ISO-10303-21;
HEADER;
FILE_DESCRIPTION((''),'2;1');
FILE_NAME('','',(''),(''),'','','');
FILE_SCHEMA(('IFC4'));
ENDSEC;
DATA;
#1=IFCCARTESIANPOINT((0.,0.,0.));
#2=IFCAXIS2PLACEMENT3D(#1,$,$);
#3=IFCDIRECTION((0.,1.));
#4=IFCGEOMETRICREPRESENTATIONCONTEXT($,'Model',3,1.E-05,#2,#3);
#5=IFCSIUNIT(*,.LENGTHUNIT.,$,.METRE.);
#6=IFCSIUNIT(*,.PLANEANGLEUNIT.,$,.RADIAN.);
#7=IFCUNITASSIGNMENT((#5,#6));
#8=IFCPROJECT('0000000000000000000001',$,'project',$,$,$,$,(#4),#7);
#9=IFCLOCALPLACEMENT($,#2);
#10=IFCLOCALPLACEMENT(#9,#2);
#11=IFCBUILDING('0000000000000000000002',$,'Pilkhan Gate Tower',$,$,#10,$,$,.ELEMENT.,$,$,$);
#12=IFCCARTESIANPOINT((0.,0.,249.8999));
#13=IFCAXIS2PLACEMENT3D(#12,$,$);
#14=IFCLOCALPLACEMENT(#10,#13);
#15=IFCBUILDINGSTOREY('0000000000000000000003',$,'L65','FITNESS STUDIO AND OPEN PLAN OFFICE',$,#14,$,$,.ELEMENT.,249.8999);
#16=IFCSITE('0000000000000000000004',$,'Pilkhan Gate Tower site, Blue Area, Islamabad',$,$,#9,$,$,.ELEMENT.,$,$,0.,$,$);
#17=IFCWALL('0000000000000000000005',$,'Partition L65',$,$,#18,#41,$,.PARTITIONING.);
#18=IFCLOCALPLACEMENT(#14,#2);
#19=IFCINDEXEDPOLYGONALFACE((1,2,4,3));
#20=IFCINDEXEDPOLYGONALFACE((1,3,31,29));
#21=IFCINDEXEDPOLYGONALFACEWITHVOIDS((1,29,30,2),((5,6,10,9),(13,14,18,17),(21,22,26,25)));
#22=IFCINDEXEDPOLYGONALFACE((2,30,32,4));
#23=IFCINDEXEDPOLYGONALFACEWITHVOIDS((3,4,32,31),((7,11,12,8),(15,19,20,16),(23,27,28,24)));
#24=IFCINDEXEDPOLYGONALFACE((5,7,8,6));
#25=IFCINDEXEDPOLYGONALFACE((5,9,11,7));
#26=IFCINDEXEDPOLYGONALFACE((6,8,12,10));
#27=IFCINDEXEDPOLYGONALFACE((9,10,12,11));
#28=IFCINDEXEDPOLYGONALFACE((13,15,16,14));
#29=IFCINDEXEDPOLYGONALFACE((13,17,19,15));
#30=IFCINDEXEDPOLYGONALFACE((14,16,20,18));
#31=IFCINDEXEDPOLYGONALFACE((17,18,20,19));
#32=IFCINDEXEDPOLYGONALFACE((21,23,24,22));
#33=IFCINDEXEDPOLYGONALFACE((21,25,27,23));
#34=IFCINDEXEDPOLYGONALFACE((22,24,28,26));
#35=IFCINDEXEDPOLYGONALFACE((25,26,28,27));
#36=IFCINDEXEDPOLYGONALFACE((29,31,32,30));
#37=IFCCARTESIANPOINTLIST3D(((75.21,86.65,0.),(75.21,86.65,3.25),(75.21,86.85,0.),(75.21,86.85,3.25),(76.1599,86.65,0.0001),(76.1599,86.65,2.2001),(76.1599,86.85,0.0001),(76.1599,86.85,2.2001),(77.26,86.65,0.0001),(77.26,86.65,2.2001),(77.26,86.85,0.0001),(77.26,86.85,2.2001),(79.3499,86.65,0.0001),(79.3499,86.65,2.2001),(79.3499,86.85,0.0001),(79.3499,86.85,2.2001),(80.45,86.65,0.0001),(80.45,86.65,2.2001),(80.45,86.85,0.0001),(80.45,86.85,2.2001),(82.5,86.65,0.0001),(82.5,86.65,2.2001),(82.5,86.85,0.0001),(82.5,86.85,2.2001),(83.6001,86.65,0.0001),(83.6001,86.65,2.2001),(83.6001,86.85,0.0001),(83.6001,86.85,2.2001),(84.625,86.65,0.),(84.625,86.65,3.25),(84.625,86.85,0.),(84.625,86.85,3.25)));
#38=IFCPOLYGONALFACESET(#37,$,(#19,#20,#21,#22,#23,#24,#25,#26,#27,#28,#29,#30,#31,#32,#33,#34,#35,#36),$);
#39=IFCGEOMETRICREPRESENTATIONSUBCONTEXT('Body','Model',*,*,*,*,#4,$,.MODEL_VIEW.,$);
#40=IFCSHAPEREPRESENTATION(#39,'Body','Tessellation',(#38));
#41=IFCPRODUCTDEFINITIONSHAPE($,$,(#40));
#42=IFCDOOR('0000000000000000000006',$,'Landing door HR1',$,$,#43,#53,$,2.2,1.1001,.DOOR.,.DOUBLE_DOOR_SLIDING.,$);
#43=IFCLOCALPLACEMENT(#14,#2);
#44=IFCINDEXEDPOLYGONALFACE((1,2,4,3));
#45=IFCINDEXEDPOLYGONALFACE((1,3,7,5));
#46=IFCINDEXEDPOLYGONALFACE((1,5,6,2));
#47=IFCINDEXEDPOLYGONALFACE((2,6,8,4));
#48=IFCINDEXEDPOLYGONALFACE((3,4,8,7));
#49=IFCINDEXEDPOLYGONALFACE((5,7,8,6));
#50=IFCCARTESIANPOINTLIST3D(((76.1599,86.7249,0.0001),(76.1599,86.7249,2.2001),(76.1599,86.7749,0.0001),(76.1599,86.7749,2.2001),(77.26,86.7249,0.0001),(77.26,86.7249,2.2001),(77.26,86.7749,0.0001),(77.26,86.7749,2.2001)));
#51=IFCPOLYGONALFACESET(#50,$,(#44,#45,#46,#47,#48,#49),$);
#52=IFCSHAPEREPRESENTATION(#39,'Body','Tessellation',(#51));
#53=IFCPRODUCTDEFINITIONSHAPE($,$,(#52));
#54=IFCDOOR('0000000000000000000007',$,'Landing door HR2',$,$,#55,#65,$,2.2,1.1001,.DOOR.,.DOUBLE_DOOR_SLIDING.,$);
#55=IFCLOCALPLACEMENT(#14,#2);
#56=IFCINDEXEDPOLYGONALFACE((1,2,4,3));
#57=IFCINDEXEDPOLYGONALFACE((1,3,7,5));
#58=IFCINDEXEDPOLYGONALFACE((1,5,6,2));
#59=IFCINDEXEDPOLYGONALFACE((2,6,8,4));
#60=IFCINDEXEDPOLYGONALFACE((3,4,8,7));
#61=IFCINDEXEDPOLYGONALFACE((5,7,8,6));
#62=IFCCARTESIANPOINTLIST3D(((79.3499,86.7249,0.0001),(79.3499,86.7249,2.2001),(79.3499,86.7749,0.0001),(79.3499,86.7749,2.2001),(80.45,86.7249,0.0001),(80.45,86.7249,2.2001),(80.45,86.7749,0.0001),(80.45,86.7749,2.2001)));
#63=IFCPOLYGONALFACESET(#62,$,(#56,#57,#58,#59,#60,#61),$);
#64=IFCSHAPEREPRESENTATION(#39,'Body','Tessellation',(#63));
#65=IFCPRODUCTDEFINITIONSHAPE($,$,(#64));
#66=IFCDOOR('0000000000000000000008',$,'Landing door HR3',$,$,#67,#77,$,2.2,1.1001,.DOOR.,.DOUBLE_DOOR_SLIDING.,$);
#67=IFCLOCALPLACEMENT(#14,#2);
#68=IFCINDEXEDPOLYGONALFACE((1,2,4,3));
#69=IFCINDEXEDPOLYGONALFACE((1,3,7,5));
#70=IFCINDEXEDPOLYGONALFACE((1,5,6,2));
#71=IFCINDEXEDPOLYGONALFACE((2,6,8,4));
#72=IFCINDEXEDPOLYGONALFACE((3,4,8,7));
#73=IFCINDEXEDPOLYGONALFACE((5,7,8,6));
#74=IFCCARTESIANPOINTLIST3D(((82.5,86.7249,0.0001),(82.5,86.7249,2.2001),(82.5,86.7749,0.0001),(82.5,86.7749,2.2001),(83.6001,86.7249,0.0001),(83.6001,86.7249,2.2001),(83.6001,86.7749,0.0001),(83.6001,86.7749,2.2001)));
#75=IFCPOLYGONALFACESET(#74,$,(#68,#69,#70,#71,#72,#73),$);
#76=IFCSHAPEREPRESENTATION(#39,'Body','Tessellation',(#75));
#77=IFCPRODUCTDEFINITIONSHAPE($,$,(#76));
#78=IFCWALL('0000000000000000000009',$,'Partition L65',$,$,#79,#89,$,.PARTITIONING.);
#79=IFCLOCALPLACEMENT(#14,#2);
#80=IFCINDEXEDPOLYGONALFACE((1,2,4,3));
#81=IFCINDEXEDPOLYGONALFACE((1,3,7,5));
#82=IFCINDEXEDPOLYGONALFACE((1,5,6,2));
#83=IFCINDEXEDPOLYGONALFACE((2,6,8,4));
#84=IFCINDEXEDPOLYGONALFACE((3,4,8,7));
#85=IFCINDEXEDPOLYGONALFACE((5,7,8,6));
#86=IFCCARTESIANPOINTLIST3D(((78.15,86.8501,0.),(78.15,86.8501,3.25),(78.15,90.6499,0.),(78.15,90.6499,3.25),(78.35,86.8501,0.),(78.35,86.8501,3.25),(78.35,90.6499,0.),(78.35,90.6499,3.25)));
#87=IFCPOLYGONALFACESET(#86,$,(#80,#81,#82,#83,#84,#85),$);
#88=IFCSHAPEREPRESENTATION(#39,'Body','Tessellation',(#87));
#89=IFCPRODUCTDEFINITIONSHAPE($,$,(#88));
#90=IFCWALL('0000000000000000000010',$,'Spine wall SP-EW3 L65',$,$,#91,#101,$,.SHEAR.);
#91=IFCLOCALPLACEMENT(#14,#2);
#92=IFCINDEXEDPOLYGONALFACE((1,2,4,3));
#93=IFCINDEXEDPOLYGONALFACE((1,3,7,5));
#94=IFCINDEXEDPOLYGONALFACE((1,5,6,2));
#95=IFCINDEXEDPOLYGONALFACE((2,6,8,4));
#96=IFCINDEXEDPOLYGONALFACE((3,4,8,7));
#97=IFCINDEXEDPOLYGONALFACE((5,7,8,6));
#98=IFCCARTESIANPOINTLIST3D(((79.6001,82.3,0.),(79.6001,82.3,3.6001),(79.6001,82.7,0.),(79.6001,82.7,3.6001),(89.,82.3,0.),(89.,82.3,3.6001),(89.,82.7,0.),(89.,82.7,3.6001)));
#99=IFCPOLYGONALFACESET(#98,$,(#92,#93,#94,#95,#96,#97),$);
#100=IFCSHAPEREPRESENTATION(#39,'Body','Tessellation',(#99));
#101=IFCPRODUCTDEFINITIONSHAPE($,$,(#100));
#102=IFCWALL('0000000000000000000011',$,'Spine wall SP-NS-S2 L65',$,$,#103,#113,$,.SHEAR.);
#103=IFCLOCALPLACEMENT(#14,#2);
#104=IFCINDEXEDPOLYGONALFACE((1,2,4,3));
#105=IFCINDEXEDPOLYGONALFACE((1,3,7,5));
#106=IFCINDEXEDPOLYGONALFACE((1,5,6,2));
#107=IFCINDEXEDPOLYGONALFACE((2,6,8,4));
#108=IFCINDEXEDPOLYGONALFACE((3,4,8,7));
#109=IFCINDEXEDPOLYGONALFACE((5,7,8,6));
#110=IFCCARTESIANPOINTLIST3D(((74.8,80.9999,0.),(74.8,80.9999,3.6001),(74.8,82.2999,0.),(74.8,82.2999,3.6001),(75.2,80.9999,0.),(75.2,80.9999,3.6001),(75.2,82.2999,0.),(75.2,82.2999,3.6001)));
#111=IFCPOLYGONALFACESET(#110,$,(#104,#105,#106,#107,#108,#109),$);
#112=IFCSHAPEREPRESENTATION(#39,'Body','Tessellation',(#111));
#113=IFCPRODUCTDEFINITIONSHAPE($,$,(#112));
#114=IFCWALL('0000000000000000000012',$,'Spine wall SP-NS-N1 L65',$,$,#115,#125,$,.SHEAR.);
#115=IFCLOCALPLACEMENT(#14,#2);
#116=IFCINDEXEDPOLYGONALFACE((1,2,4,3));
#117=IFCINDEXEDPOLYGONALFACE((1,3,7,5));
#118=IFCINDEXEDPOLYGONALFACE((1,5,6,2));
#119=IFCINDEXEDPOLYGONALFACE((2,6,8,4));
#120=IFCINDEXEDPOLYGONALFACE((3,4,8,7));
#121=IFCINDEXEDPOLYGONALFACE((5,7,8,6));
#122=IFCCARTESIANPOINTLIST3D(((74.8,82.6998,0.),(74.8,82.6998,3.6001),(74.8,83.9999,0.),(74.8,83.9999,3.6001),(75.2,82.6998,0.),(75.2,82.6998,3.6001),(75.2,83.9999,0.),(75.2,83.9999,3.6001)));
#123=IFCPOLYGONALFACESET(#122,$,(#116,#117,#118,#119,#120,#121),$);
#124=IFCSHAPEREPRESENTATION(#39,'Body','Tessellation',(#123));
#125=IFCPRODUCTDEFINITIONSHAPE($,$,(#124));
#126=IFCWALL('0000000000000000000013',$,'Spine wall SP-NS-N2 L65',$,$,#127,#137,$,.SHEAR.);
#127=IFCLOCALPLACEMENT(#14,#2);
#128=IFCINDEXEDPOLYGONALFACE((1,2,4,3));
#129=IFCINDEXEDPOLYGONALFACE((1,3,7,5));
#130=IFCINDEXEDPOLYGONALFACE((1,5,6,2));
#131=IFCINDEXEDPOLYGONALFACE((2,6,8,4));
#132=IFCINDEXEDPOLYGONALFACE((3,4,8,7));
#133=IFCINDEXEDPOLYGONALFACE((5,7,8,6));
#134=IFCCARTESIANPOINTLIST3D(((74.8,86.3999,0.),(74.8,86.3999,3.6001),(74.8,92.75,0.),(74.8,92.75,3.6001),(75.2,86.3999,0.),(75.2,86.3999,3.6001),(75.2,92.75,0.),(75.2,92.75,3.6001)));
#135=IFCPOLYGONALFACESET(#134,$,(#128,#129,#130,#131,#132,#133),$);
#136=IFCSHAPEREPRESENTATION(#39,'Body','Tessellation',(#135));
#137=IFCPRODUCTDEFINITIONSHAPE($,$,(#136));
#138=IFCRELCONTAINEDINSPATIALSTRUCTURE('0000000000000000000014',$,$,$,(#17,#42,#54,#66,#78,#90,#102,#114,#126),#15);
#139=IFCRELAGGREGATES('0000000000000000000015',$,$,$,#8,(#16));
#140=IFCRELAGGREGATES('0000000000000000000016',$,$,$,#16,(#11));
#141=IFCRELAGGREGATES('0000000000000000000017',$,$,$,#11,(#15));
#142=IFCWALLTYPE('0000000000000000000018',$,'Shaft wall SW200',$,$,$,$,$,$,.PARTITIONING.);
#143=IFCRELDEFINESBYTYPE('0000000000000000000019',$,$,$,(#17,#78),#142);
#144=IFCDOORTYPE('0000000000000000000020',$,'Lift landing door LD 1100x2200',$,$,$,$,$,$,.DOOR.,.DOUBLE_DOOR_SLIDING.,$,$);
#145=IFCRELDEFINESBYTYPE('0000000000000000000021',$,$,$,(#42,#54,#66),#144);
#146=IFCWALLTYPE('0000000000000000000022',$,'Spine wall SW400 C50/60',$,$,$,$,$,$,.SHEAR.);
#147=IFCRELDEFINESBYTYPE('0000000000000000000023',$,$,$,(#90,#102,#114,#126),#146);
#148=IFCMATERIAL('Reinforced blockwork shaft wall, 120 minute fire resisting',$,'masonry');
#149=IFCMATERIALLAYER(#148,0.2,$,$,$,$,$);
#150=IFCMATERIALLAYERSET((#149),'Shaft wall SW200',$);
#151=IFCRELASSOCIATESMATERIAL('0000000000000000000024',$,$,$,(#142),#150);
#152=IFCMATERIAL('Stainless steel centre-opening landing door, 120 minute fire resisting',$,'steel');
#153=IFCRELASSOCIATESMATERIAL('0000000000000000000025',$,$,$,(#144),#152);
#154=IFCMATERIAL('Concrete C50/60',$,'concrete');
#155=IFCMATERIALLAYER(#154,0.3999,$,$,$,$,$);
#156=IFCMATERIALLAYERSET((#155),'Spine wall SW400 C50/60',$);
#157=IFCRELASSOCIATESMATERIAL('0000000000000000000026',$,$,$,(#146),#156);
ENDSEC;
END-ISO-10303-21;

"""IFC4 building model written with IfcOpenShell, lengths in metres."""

from ifc_helpers import new_model, si_unit, direction, frame, frame_2d, origin, place, context, subcontext, project, spatial, rectangle, extrude, material, layer, layer_set, type_object, element, fill, save


model = new_model("IFC4")

# Units and contexts
model_context = context("Model", 3, precision=1e-05, world=origin(), true_north=direction((0.0, 1.0)))
body_context = subcontext(model_context, "Body", "Model", "MODEL_VIEW")
ifc_project = project(units=[si_unit("LENGTHUNIT", "METRE"), si_unit("PLANEANGLEUNIT", "RADIAN")], contexts=[model_context])

# Site, building, storey
site_placement = place(None, origin())
site = spatial("IfcSite", under=ifc_project, at=site_placement, Name="Pilkhan Gate Tower site, Blue Area, Islamabad", CompositionType="ELEMENT", RefElevation=0.0)
building_placement = place(site_placement, origin())
building = spatial("IfcBuilding", under=site, at=building_placement, Name="Pilkhan Gate Tower", CompositionType="ELEMENT")
storey_placement = place(building_placement, frame((0.0, 0.0, 249.8999)))
storey = spatial("IfcBuildingStorey", under=building, at=storey_placement, Name="L65", Description="FITNESS STUDIO AND OPEN PLAN OFFICE", CompositionType="ELEMENT", Elevation=249.8999)

# Shared definitions
ifc_material_1 = material(Name="Concrete C50/60", Category="concrete")

# Wall, openings, doors
ifc_material_2 = material(Name="Reinforced blockwork shaft wall, 120 minute fire resisting", Category="masonry")
ifc_layer_1 = layer(ifc_material_2, 0.2)
ifc_layer_set_1 = layer_set([ifc_layer_1], Name="Shaft wall SW200")
wall_type_1 = type_object("IfcWallType", Name="Shaft wall SW200", PredefinedType="PARTITIONING", material=ifc_layer_set_1)
wall_1_placement = place(storey_placement, frame((75.21, 86.75, 0.0), z_axis=(0.0, 0.0, 1.0), x_axis=(1.0, 0.0, 0.0)))
wall_1 = element("IfcWall", 1, at=wall_1_placement, inside=storey, type_object=wall_type_1, Name="Partition L65", PredefinedType="PARTITIONING", context=body_context, shape_type="SweptSolid", body=[
    extrude(rectangle(XDim=9.415, YDim=0.2, at=frame_2d((4.7075, 0.0))), origin(), (0.0, 0.0, 1.0), 3.25),
])
opening_1_placement = place(wall_1_placement, frame((0.95, 0.0, 0.0)))
opening_1 = element("IfcOpeningElement", 2, at=opening_1_placement, cuts=wall_1, PredefinedType="OPENING", context=body_context, shape_type="SweptSolid", body=[
    extrude(rectangle(XDim=1.1001, YDim=2.2, at=frame_2d((0.55, 1.1001))), frame((0.0, 0.1099, 0.0), z_axis=(0.0, -1.0, 0.0), x_axis=(1.0, 0.0, 0.0)), (0.0, 0.0, 1.0), 0.22),
])
opening_2_placement = place(wall_1_placement, frame((4.1399, 0.0, 0.0)))
opening_2 = element("IfcOpeningElement", 3, at=opening_2_placement, cuts=wall_1, PredefinedType="OPENING", context=body_context, shape_type="SweptSolid", body=[
    extrude(rectangle(XDim=1.1001, YDim=2.2, at=frame_2d((0.55, 1.1001))), frame((0.0, 0.1099, 0.0), z_axis=(0.0, -1.0, 0.0), x_axis=(1.0, 0.0, 0.0)), (0.0, 0.0, 1.0), 0.22),
])
opening_3_placement = place(wall_1_placement, frame((7.29, 0.0, 0.0)))
opening_3 = element("IfcOpeningElement", 4, at=opening_3_placement, cuts=wall_1, PredefinedType="OPENING", context=body_context, shape_type="SweptSolid", body=[
    extrude(rectangle(XDim=1.1001, YDim=2.2, at=frame_2d((0.55, 1.1001))), frame((0.0, 0.1099, 0.0), z_axis=(0.0, -1.0, 0.0), x_axis=(1.0, 0.0, 0.0)), (0.0, 0.0, 1.0), 0.22),
])
ifc_material_3 = material(Name="Stainless steel centre-opening landing door, 120 minute fire resisting", Category="steel")
door_type_1 = type_object("IfcDoorType", Name="Lift landing door LD 1100x2200", OperationType="DOUBLE_DOOR_SLIDING", PredefinedType="DOOR", material=ifc_material_3)
door_1_placement = place(opening_1_placement, origin())
door_1 = element("IfcDoor", 5, at=door_1_placement, inside=storey, type_object=door_type_1, Name="Landing door HR1", OperationType="DOUBLE_DOOR_SLIDING", OverallHeight=2.2, OverallWidth=1.1001, PredefinedType="DOOR", context=body_context, shape_type="SweptSolid", body=[
    extrude(rectangle(XDim=1.1001, YDim=2.2, at=frame_2d((0.55, 1.1001))), frame((0.0, 0.0249, 0.0), z_axis=(0.0, -1.0, 0.0), x_axis=(1.0, 0.0, 0.0)), (0.0, 0.0, 1.0), 0.05),
])
fill(opening_1, door_1)
door_2_placement = place(opening_2_placement, origin())
door_2 = element("IfcDoor", 6, at=door_2_placement, inside=storey, type_object=door_type_1, Name="Landing door HR2", OperationType="DOUBLE_DOOR_SLIDING", OverallHeight=2.2, OverallWidth=1.1001, PredefinedType="DOOR", context=body_context, shape_type="SweptSolid", body=[
    extrude(rectangle(XDim=1.1001, YDim=2.2, at=frame_2d((0.55, 1.1001))), frame((0.0, 0.0249, 0.0), z_axis=(0.0, -1.0, 0.0), x_axis=(1.0, 0.0, 0.0)), (0.0, 0.0, 1.0), 0.05),
])
fill(opening_2, door_2)
door_3_placement = place(opening_3_placement, origin())
door_3 = element("IfcDoor", 7, at=door_3_placement, inside=storey, type_object=door_type_1, Name="Landing door HR3", OperationType="DOUBLE_DOOR_SLIDING", OverallHeight=2.2, OverallWidth=1.1001, PredefinedType="DOOR", context=body_context, shape_type="SweptSolid", body=[
    extrude(rectangle(XDim=1.1001, YDim=2.2, at=frame_2d((0.55, 1.1001))), frame((0.0, 0.0249, 0.0), z_axis=(0.0, -1.0, 0.0), x_axis=(1.0, 0.0, 0.0)), (0.0, 0.0, 1.0), 0.05),
])
fill(opening_3, door_3)

# Walls
wall_2_placement = place(storey_placement, frame((78.25, 86.8501, 0.0), z_axis=(0.0, 0.0, 1.0), x_axis=(0.0, 1.0, 0.0)))
element("IfcWall", 8, at=wall_2_placement, inside=storey, type_object=wall_type_1, Name="Partition L65", PredefinedType="PARTITIONING", context=body_context, shape_type="SweptSolid", body=[
    extrude(rectangle(XDim=3.7998, YDim=0.2, at=frame_2d((1.8999, 0.0))), origin(), (0.0, 0.0, 1.0), 3.25),
])
ifc_layer_2 = layer(ifc_material_1, 0.3999)
ifc_layer_set_2 = layer_set([ifc_layer_2], Name="Spine wall SW400 C50/60")
wall_type_2 = type_object("IfcWallType", Name="Spine wall SW400 C50/60", PredefinedType="SHEAR", material=ifc_layer_set_2)
wall_3_placement = place(storey_placement, frame((79.6001, 82.5, 0.0), z_axis=(0.0, 0.0, 1.0), x_axis=(1.0, 0.0, 0.0)))
element("IfcWall", 9, at=wall_3_placement, inside=storey, type_object=wall_type_2, Name="Spine wall SP-EW3 L65", PredefinedType="SHEAR", context=body_context, shape_type="SweptSolid", body=[
    extrude(rectangle(XDim=9.3999, YDim=0.3999, at=frame_2d((4.7, 0.0))), origin(), (0.0, 0.0, 1.0), 3.6001),
])
for number, where, z_axis, x_axis, name in (
    (10, (75.0, 81.0, 0.0), (0.0, 0.0, 1.0), (0.0, 1.0, 0.0), "Spine wall SP-NS-S2 L65"),
    (11, (75.0, 82.7, 0.0), (0.0, 0.0, 1.0), (0.0, 1.0, 0.0), "Spine wall SP-NS-N1 L65"),
):
    element("IfcWall", number, at=place(storey_placement, frame(where, z_axis=z_axis, x_axis=x_axis)), inside=storey, type_object=wall_type_2, Name=name, PredefinedType="SHEAR", context=body_context, shape_type="SweptSolid", body=[
        extrude(rectangle(XDim=1.3, YDim=0.3999, at=frame_2d((0.6499, 0.0))), origin(), (0.0, 0.0, 1.0), 3.6001),
    ])
wall_4_placement = place(storey_placement, frame((75.0, 86.3999, 0.0), z_axis=(0.0, 0.0, 1.0), x_axis=(0.0, 1.0, 0.0)))
element("IfcWall", 12, at=wall_4_placement, inside=storey, type_object=wall_type_2, Name="Spine wall SP-NS-N2 L65", PredefinedType="SHEAR", context=body_context, shape_type="SweptSolid", body=[
    extrude(rectangle(XDim=6.3501, YDim=0.3999, at=frame_2d((3.175, 0.0))), origin(), (0.0, 0.0, 1.0), 3.6001),
])

save(model, "model.ifc")
